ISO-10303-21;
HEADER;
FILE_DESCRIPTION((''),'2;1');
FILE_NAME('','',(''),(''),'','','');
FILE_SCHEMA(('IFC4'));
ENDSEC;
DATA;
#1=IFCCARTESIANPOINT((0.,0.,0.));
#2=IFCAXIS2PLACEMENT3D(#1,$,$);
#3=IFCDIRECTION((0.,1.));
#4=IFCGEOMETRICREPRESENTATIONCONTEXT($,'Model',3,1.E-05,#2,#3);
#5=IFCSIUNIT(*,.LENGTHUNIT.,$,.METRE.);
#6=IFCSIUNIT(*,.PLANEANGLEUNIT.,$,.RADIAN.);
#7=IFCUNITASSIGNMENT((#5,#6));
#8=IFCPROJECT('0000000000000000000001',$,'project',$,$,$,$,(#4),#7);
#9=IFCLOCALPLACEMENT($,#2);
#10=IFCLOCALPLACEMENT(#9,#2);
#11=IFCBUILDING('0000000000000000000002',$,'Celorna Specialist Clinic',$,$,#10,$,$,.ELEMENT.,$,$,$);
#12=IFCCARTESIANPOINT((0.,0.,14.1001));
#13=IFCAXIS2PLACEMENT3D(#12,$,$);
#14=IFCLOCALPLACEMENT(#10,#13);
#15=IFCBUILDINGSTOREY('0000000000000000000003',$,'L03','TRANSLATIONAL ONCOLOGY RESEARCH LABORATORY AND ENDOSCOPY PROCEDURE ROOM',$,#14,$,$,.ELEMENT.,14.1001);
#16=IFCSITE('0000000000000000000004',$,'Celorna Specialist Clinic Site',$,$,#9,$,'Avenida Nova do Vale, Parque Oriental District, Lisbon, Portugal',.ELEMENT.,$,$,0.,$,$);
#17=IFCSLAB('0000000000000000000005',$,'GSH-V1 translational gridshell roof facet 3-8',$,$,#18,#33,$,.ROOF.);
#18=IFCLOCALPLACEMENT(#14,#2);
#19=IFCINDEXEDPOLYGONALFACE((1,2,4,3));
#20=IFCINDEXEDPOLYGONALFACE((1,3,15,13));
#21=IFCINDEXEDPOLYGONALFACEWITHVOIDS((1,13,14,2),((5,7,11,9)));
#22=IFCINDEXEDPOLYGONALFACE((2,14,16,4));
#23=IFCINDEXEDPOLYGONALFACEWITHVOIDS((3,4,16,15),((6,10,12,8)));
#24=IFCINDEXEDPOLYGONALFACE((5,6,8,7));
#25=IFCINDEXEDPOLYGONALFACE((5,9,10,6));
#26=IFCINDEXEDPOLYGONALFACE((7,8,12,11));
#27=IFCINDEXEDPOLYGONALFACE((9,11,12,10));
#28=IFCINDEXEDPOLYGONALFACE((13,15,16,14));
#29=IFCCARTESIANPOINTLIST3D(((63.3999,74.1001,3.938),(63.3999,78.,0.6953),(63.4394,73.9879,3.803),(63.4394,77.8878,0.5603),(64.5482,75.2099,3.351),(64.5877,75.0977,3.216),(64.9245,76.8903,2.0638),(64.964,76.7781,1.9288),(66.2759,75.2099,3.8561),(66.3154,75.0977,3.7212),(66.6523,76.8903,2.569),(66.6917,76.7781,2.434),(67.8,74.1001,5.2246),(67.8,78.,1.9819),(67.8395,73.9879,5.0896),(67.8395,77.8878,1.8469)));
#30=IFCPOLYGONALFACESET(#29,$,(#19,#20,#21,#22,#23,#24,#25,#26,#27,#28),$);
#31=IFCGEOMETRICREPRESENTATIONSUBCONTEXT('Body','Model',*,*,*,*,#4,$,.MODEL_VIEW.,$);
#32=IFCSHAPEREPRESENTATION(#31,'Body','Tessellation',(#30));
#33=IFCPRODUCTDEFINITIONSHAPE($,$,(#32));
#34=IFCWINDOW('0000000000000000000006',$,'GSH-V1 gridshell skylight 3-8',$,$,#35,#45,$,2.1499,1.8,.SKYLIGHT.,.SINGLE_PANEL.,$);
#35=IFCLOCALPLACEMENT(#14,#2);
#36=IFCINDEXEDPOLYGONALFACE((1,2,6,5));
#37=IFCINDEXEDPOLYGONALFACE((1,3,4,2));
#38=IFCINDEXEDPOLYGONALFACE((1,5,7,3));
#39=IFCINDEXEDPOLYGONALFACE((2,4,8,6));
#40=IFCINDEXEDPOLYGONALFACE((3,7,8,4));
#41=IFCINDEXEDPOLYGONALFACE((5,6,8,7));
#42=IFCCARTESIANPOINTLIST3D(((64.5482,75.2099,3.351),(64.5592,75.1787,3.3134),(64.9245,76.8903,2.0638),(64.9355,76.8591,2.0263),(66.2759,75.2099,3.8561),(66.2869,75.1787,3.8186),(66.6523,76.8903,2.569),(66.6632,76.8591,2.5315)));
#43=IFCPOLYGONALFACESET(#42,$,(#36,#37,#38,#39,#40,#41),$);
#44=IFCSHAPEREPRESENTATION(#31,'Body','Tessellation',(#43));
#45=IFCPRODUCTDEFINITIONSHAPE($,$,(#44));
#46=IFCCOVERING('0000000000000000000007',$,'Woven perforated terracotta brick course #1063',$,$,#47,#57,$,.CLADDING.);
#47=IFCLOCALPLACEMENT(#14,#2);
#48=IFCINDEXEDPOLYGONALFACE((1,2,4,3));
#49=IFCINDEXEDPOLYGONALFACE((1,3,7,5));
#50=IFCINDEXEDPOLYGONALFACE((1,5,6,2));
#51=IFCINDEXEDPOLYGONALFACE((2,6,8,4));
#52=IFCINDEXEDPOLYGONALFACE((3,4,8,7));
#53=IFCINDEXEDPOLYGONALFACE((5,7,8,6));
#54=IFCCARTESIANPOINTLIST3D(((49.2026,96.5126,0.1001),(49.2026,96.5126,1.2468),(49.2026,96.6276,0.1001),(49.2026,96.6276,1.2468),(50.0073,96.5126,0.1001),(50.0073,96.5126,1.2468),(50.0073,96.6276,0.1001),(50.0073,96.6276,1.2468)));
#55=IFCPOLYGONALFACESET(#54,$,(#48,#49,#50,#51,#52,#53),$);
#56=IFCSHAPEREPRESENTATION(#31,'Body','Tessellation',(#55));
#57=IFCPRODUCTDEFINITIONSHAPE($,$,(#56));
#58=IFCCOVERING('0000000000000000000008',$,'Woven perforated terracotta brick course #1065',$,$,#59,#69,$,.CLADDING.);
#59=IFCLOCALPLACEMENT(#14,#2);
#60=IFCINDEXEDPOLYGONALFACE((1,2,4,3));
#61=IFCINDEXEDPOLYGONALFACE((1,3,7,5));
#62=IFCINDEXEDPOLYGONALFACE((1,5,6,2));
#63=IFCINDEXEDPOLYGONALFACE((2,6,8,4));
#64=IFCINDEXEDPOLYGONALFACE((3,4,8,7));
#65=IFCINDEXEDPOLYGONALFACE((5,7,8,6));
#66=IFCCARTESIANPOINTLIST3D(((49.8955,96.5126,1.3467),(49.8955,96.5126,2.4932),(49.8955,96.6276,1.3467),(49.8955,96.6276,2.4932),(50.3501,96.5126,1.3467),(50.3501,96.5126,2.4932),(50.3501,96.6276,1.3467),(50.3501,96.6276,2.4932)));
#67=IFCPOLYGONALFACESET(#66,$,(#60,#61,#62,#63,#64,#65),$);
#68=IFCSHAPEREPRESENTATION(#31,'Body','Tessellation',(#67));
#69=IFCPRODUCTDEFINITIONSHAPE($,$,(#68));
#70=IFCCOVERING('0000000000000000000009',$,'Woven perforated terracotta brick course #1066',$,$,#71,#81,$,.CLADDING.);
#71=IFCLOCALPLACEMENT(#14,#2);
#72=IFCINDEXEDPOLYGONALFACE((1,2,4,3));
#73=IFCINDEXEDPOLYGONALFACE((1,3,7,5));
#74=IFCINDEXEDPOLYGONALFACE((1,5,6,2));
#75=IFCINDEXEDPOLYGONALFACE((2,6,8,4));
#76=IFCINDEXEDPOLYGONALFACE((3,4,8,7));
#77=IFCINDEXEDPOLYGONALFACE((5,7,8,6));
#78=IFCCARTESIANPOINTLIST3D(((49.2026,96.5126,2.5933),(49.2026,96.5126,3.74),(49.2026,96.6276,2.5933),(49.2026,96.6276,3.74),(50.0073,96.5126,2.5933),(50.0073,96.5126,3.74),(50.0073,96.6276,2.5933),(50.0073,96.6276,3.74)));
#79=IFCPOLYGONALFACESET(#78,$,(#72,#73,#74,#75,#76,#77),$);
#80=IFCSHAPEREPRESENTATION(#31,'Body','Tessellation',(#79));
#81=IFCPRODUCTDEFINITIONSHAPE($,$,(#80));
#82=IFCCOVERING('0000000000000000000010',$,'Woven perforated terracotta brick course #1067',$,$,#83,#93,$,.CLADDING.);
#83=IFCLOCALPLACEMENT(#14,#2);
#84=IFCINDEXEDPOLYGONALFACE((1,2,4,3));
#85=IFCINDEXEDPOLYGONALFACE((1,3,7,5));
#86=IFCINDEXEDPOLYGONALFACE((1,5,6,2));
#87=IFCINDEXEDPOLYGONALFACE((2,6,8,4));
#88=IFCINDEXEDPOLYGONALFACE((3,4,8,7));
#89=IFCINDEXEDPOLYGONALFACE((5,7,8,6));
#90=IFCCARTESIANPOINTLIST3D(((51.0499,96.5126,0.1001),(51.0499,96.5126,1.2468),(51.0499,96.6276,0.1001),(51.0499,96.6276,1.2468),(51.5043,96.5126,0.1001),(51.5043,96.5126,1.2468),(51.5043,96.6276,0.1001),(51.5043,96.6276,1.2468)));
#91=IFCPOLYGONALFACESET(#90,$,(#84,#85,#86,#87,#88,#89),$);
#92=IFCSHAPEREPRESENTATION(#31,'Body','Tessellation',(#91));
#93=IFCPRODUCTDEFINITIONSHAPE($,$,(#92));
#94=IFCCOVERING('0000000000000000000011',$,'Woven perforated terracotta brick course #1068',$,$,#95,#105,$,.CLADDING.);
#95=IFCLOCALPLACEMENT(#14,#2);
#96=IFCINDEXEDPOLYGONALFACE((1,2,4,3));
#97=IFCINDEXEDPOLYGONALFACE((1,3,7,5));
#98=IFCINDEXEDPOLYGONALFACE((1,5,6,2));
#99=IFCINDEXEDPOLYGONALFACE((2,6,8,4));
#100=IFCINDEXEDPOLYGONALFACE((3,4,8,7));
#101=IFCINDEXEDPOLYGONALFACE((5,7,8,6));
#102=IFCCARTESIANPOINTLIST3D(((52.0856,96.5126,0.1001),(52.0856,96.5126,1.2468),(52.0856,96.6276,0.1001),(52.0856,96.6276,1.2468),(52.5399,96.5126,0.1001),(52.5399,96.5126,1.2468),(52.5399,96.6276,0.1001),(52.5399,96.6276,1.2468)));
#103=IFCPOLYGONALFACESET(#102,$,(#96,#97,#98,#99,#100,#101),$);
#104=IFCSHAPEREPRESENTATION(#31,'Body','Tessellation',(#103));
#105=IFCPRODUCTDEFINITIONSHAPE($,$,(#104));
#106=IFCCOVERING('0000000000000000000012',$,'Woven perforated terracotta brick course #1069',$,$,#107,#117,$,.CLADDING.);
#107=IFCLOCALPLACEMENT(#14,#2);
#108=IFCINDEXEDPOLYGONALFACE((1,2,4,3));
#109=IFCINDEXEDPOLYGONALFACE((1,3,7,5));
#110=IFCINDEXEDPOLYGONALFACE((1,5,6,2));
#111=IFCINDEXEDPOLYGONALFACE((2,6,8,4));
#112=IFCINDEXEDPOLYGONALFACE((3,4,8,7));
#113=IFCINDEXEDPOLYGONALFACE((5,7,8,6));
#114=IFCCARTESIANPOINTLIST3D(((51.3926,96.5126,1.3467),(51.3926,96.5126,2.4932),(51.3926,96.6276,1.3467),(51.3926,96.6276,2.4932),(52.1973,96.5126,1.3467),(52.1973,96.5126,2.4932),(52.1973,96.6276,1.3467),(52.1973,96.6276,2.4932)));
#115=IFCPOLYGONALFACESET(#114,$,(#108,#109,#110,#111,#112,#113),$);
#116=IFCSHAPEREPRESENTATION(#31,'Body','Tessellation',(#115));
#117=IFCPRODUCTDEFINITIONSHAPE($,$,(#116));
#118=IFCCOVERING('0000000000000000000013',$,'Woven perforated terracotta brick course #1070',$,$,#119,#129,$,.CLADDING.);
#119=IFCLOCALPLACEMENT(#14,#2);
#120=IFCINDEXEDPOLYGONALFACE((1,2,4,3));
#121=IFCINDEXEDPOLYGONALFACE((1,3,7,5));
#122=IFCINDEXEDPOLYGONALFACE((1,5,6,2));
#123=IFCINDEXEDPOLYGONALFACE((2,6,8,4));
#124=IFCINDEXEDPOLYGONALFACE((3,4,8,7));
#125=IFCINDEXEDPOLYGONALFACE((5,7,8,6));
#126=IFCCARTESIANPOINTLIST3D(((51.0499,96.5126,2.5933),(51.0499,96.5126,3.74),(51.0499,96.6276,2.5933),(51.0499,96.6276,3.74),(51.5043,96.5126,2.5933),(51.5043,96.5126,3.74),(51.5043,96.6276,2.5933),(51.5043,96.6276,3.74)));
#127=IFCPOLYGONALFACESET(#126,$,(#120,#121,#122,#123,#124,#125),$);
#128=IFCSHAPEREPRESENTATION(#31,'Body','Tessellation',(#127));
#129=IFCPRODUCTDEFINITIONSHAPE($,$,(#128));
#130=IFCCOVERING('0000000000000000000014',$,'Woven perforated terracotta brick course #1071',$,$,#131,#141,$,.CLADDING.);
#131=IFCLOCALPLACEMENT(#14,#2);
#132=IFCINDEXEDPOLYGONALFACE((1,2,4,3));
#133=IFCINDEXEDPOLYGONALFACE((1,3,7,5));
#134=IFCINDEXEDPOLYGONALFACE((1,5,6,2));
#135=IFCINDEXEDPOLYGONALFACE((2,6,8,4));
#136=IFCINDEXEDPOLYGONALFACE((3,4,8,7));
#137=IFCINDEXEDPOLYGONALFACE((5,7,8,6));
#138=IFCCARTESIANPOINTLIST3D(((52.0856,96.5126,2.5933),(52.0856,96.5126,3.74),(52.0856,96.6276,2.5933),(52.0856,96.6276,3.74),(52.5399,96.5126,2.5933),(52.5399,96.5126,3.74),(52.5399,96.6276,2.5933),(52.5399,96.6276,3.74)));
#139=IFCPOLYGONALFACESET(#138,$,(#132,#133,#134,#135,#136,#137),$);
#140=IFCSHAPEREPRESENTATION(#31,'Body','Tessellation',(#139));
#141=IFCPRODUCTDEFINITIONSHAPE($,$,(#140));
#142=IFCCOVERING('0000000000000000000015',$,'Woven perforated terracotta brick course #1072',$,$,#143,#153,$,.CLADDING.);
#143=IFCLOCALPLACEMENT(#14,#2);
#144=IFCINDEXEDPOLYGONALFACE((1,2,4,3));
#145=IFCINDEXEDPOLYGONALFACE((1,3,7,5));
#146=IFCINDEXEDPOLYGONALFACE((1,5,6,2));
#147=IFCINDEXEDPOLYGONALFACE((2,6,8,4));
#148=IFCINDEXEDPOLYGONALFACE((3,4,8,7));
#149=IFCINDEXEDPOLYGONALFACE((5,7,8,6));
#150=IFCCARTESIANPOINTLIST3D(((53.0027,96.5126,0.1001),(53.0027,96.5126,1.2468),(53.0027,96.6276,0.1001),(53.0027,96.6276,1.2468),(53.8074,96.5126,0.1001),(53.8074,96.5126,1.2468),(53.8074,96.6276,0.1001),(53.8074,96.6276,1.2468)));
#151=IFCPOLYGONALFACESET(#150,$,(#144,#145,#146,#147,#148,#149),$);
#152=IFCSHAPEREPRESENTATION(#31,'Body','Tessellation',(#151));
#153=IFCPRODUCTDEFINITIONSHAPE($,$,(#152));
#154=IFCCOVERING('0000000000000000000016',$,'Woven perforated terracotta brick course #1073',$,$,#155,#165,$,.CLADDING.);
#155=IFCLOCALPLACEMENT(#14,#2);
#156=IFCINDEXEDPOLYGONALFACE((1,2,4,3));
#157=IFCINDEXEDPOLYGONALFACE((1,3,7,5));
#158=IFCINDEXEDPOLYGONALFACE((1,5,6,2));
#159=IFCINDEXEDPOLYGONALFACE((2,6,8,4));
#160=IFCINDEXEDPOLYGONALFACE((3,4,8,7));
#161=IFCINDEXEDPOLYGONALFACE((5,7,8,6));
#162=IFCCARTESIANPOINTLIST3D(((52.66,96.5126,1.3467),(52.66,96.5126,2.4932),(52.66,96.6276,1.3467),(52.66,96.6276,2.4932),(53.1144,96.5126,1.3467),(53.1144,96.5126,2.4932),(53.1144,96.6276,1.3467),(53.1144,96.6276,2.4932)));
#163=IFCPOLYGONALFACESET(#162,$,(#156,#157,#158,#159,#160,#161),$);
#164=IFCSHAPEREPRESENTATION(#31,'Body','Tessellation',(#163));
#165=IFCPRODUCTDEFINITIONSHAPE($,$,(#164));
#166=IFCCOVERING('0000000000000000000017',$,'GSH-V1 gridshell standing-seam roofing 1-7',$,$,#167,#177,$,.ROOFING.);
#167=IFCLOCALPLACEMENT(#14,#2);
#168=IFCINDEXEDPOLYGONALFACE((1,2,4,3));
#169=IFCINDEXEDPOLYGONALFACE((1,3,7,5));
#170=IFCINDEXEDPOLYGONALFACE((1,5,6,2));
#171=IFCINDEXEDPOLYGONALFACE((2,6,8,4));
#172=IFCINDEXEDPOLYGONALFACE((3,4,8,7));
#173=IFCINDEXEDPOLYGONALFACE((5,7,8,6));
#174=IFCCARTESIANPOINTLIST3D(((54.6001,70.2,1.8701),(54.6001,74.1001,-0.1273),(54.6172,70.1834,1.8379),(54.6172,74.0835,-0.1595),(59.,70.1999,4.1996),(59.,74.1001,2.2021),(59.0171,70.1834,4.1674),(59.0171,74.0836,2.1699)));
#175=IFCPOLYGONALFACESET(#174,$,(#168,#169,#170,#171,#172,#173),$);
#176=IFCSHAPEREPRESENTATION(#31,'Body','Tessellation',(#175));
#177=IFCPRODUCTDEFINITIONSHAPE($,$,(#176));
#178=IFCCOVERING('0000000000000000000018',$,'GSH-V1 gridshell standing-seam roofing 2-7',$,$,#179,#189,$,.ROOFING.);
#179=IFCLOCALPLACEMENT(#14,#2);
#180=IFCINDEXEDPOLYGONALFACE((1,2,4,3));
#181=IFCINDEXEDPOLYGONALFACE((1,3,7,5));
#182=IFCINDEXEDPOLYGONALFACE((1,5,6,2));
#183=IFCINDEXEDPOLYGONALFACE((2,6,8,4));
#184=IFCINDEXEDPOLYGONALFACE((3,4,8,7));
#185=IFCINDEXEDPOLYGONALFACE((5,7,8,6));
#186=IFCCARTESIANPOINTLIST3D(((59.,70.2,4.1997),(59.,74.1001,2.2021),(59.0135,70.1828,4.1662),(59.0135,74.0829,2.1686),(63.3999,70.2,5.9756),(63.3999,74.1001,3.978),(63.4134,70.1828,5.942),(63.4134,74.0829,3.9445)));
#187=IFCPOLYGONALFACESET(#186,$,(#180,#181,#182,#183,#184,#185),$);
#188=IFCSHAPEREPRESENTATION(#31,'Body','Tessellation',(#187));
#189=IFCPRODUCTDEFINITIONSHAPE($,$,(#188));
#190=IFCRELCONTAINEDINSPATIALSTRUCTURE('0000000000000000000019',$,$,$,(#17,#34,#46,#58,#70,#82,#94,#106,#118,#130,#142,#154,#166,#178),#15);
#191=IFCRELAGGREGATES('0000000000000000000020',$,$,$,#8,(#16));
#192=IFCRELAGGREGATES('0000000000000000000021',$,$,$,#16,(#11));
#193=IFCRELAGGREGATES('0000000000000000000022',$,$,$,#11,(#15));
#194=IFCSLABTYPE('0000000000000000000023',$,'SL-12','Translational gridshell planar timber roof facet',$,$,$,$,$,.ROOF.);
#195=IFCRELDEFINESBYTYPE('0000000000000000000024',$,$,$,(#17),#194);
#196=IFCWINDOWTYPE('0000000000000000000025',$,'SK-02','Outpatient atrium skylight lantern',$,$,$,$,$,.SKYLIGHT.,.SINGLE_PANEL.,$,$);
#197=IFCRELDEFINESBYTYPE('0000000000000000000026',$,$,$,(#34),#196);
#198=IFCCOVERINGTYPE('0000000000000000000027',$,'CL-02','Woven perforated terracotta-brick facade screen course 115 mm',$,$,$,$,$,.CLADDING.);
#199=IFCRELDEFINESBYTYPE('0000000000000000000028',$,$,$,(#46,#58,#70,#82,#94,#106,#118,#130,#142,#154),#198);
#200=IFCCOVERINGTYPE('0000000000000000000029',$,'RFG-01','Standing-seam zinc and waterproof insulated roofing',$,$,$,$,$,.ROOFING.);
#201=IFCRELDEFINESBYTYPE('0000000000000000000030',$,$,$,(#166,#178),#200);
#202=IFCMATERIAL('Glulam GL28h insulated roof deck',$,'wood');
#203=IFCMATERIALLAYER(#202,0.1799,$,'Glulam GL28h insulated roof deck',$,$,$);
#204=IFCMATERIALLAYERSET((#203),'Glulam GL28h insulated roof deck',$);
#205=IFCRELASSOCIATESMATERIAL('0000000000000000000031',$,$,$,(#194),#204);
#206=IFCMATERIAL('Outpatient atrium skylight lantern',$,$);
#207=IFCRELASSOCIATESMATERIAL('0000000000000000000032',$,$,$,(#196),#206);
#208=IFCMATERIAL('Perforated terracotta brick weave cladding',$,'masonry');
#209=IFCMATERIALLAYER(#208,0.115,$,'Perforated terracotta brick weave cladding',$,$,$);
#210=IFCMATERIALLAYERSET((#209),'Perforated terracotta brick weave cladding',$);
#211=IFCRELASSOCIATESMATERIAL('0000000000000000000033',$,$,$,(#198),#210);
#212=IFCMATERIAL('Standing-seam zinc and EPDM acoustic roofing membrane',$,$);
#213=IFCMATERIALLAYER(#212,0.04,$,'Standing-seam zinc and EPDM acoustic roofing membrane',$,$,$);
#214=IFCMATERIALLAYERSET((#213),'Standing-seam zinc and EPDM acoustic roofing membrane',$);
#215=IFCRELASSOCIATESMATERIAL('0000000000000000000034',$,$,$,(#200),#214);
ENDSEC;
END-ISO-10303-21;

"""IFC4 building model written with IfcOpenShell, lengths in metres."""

from ifc_helpers import new_model, si_unit, direction, frame, origin, origin_2d, place, context, subcontext, project, spatial, polyline, rectangle, outline, extrude, material, layer, layer_set, type_object, element, fill, save


model = new_model("IFC4")

# Units and contexts
model_context = context("Model", 3, precision=1e-05, world=origin(), true_north=direction((0.0, 1.0)))
body_context = subcontext(model_context, "Body", "Model", "MODEL_VIEW")
ifc_project = project(units=[si_unit("LENGTHUNIT", "METRE"), si_unit("PLANEANGLEUNIT", "RADIAN")], contexts=[model_context])

# Site, building, storey
site_placement = place(None, origin())
site = spatial("IfcSite", under=ifc_project, at=site_placement, Name="Celorna Specialist Clinic Site", LongName="Avenida Nova do Vale, Parque Oriental District, Lisbon, Portugal", CompositionType="ELEMENT", RefElevation=0.0)
building_placement = place(site_placement, origin())
building = spatial("IfcBuilding", under=site, at=building_placement, Name="Celorna Specialist Clinic", CompositionType="ELEMENT")
storey_placement = place(building_placement, frame((0.0, 0.0, 14.1001)))
storey = spatial("IfcBuildingStorey", under=building, at=storey_placement, Name="L03", Description="TRANSLATIONAL ONCOLOGY RESEARCH LABORATORY AND ENDOSCOPY PROCEDURE ROOM", CompositionType="ELEMENT", Elevation=14.1001)

# Shared definitions
ifc_material_1 = material(Name="Glulam GL28h insulated roof deck", Category="wood")
ifc_layer_1 = layer(ifc_material_1, 0.1799, Name="Glulam GL28h insulated roof deck")
ifc_layer_set_1 = layer_set([ifc_layer_1], Name="Glulam GL28h insulated roof deck")
slab_type = type_object("IfcSlabType", Name="SL-12", Description="Translational gridshell planar timber roof facet", PredefinedType="ROOF", material=ifc_layer_set_1)
ifc_material_2 = material(Name="Outpatient atrium skylight lantern")
window_type = type_object("IfcWindowType", Name="SK-02", Description="Outpatient atrium skylight lantern", PartitioningType="SINGLE_PANEL", PredefinedType="SKYLIGHT", material=ifc_material_2)

# Slab, opening, window
slab_1_placement = place(storey_placement, frame((63.3999, 74.1001, 3.938), z_axis=(-0.21936, 0.623769, 0.750195), x_axis=(0.95981, 0.0, 0.280652)))
slab_1 = element("IfcSlab", 1, at=slab_1_placement, inside=storey, type_object=slab_type, Name="GSH-V1 translational gridshell roof facet 3-8", PredefinedType="ROOF", context=body_context, shape_type="SweptSolid", body=[
    extrude(outline(polyline([(0.0, 0.0), (4.5844, 0.0), (3.6743, 4.9896), (-0.9101, 4.9896), (0.0, 0.0)])), origin(), (0.0, 0.0, -1.0), 0.1799),
])
opening_1_placement = place(slab_1_placement, frame((1.8374, 2.4949, 0.01)))
opening_1 = element("IfcOpeningElement", 2, at=opening_1_placement, cuts=slab_1, PredefinedType="OPENING", context=body_context, shape_type="SweptSolid", body=[
    extrude(rectangle(XDim=1.8, YDim=2.1499, at=origin_2d()), origin(), (0.0, 0.0, -1.0), 0.2),
])
window_1_placement = place(opening_1_placement, frame((0.0, 0.0, -0.01)))
window_1 = element("IfcWindow", 3, at=window_1_placement, inside=storey, type_object=window_type, Name="GSH-V1 gridshell skylight 3-8", OverallHeight=2.1499, OverallWidth=1.8, PartitioningType="SINGLE_PANEL", PredefinedType="SKYLIGHT", context=body_context, shape_type="SweptSolid", body=[
    extrude(rectangle(XDim=1.8, YDim=2.1499, at=origin_2d()), origin(), (0.0, 0.0, -1.0), 0.05),
])
fill(opening_1, window_1)

# Coverings
ifc_material_3 = material(Name="Perforated terracotta brick weave cladding", Category="masonry")
ifc_layer_2 = layer(ifc_material_3, 0.115, Name="Perforated terracotta brick weave cladding")
ifc_layer_set_2 = layer_set([ifc_layer_2], Name="Perforated terracotta brick weave cladding")
covering_type_1 = type_object("IfcCoveringType", Name="CL-02", Description="Woven perforated terracotta-brick facade screen course 115 mm", PredefinedType="CLADDING", material=ifc_layer_set_2)
covering_1_placement = place(storey_placement, frame((49.605, 96.5701, 0.1001), z_axis=(0.0, 0.0, 1.0), x_axis=(1.0, 0.0, 0.0)))
element("IfcCovering", 4, at=covering_1_placement, inside=storey, type_object=covering_type_1, Name="Woven perforated terracotta brick course #1063", PredefinedType="CLADDING", context=body_context, shape_type="SweptSolid", body=[
    extrude(rectangle(XDim=0.8047, YDim=0.115, at=origin_2d()), origin(), (0.0, 0.0, 1.0), 1.1467),
])
covering_2_placement = place(storey_placement, frame((50.1228, 96.5701, 1.3467), z_axis=(0.0, 0.0, 1.0), x_axis=(1.0, 0.0, 0.0)))
element("IfcCovering", 5, at=covering_2_placement, inside=storey, type_object=covering_type_1, Name="Woven perforated terracotta brick course #1065", PredefinedType="CLADDING", context=body_context, shape_type="SweptSolid", body=[
    extrude(rectangle(XDim=0.4546, YDim=0.115, at=origin_2d()), origin(), (0.0, 0.0, 1.0), 1.1465),
])
covering_3_placement = place(storey_placement, frame((49.605, 96.5701, 2.5933), z_axis=(0.0, 0.0, 1.0), x_axis=(1.0, 0.0, 0.0)))
element("IfcCovering", 6, at=covering_3_placement, inside=storey, type_object=covering_type_1, Name="Woven perforated terracotta brick course #1066", PredefinedType="CLADDING", context=body_context, shape_type="SweptSolid", body=[
    extrude(rectangle(XDim=0.8047, YDim=0.115, at=origin_2d()), origin(), (0.0, 0.0, 1.0), 1.1467),
])
for number, where, z_axis, x_axis, name in (
    (7, (51.2771, 96.5701, 0.1001), (0.0, 0.0, 1.0), (1.0, 0.0, 0.0), "Woven perforated terracotta brick course #1067"),
    (8, (52.3127, 96.5701, 0.1001), (0.0, 0.0, 1.0), (1.0, 0.0, 0.0), "Woven perforated terracotta brick course #1068"),
):
    element("IfcCovering", number, at=place(storey_placement, frame(where, z_axis=z_axis, x_axis=x_axis)), inside=storey, type_object=covering_type_1, Name=name, PredefinedType="CLADDING", context=body_context, shape_type="SweptSolid", body=[
        extrude(rectangle(XDim=0.4543, YDim=0.115, at=origin_2d()), origin(), (0.0, 0.0, 1.0), 1.1467),
    ])
covering_4_placement = place(storey_placement, frame((51.7949, 96.5701, 1.3467), z_axis=(0.0, 0.0, 1.0), x_axis=(1.0, 0.0, 0.0)))
element("IfcCovering", 9, at=covering_4_placement, inside=storey, type_object=covering_type_1, Name="Woven perforated terracotta brick course #1069", PredefinedType="CLADDING", context=body_context, shape_type="SweptSolid", body=[
    extrude(rectangle(XDim=0.8047, YDim=0.115, at=origin_2d()), origin(), (0.0, 0.0, 1.0), 1.1465),
])
for number, where, z_axis, x_axis, name in (
    (10, (51.2771, 96.5701, 2.5933), (0.0, 0.0, 1.0), (1.0, 0.0, 0.0), "Woven perforated terracotta brick course #1070"),
    (11, (52.3127, 96.5701, 2.5933), (0.0, 0.0, 1.0), (1.0, 0.0, 0.0), "Woven perforated terracotta brick course #1071"),
):
    element("IfcCovering", number, at=place(storey_placement, frame(where, z_axis=z_axis, x_axis=x_axis)), inside=storey, type_object=covering_type_1, Name=name, PredefinedType="CLADDING", context=body_context, shape_type="SweptSolid", body=[
        extrude(rectangle(XDim=0.4543, YDim=0.115, at=origin_2d()), origin(), (0.0, 0.0, 1.0), 1.1467),
    ])
covering_5_placement = place(storey_placement, frame((53.405, 96.5701, 0.1001), z_axis=(0.0, 0.0, 1.0), x_axis=(1.0, 0.0, 0.0)))
element("IfcCovering", 12, at=covering_5_placement, inside=storey, type_object=covering_type_1, Name="Woven perforated terracotta brick course #1072", PredefinedType="CLADDING", context=body_context, shape_type="SweptSolid", body=[
    extrude(rectangle(XDim=0.8047, YDim=0.115, at=origin_2d()), origin(), (0.0, 0.0, 1.0), 1.1467),
])
covering_6_placement = place(storey_placement, frame((52.8872, 96.5701, 1.3467), z_axis=(0.0, 0.0, 1.0), x_axis=(1.0, 0.0, 0.0)))
element("IfcCovering", 13, at=covering_6_placement, inside=storey, type_object=covering_type_1, Name="Woven perforated terracotta brick course #1073", PredefinedType="CLADDING", context=body_context, shape_type="SweptSolid", body=[
    extrude(rectangle(XDim=0.4543, YDim=0.115, at=origin_2d()), origin(), (0.0, 0.0, 1.0), 1.1465),
])
ifc_material_4 = material(Name="Standing-seam zinc and EPDM acoustic roofing membrane")
ifc_layer_3 = layer(ifc_material_4, 0.04, Name="Standing-seam zinc and EPDM acoustic roofing membrane")
ifc_layer_set_3 = layer_set([ifc_layer_3], Name="Standing-seam zinc and EPDM acoustic roofing membrane")
covering_type_2 = type_object("IfcCoveringType", Name="RFG-01", Description="Standing-seam zinc and waterproof insulated roofing", PredefinedType="ROOFING", material=ifc_layer_set_3)
covering_7_placement = place(storey_placement, frame((54.6001, 70.2, 1.8701), z_axis=(-0.426273, 0.41235, 0.805145), x_axis=(0.883777, -0.000008, 0.467908)))
element("IfcCovering", 14, at=covering_7_placement, inside=storey, type_object=covering_type_2, Name="GSH-V1 gridshell standing-seam roofing 1-7", PredefinedType="ROOFING", context=body_context, shape_type="SweptSolid", body=[
    extrude(outline(polyline([(0.0, 0.0), (4.9786, 0.0), (4.0439, 4.2811), (-0.9346, 4.281), (0.0, 0.0)])), origin(), (0.0, 0.0, -1.0), 0.04),
])
covering_8_placement = place(storey_placement, frame((59.0, 70.2, 4.1997), z_axis=(-0.338086, 0.429018, 0.83764), x_axis=(0.927315, 0.0, 0.374281)))
element("IfcCovering", 15, at=covering_8_placement, inside=storey, type_object=covering_type_2, Name="GSH-V1 gridshell standing-seam roofing 2-7", PredefinedType="ROOFING", context=body_context, shape_type="SweptSolid", body=[
    extrude(outline(polyline([(0.0, 0.0), (4.7448, 0.0), (3.9971, 4.3177), (-0.7476, 4.3177), (0.0, 0.0)])), origin(), (0.0, 0.0, -1.0), 0.04),
])

save(model, "model.ifc")
